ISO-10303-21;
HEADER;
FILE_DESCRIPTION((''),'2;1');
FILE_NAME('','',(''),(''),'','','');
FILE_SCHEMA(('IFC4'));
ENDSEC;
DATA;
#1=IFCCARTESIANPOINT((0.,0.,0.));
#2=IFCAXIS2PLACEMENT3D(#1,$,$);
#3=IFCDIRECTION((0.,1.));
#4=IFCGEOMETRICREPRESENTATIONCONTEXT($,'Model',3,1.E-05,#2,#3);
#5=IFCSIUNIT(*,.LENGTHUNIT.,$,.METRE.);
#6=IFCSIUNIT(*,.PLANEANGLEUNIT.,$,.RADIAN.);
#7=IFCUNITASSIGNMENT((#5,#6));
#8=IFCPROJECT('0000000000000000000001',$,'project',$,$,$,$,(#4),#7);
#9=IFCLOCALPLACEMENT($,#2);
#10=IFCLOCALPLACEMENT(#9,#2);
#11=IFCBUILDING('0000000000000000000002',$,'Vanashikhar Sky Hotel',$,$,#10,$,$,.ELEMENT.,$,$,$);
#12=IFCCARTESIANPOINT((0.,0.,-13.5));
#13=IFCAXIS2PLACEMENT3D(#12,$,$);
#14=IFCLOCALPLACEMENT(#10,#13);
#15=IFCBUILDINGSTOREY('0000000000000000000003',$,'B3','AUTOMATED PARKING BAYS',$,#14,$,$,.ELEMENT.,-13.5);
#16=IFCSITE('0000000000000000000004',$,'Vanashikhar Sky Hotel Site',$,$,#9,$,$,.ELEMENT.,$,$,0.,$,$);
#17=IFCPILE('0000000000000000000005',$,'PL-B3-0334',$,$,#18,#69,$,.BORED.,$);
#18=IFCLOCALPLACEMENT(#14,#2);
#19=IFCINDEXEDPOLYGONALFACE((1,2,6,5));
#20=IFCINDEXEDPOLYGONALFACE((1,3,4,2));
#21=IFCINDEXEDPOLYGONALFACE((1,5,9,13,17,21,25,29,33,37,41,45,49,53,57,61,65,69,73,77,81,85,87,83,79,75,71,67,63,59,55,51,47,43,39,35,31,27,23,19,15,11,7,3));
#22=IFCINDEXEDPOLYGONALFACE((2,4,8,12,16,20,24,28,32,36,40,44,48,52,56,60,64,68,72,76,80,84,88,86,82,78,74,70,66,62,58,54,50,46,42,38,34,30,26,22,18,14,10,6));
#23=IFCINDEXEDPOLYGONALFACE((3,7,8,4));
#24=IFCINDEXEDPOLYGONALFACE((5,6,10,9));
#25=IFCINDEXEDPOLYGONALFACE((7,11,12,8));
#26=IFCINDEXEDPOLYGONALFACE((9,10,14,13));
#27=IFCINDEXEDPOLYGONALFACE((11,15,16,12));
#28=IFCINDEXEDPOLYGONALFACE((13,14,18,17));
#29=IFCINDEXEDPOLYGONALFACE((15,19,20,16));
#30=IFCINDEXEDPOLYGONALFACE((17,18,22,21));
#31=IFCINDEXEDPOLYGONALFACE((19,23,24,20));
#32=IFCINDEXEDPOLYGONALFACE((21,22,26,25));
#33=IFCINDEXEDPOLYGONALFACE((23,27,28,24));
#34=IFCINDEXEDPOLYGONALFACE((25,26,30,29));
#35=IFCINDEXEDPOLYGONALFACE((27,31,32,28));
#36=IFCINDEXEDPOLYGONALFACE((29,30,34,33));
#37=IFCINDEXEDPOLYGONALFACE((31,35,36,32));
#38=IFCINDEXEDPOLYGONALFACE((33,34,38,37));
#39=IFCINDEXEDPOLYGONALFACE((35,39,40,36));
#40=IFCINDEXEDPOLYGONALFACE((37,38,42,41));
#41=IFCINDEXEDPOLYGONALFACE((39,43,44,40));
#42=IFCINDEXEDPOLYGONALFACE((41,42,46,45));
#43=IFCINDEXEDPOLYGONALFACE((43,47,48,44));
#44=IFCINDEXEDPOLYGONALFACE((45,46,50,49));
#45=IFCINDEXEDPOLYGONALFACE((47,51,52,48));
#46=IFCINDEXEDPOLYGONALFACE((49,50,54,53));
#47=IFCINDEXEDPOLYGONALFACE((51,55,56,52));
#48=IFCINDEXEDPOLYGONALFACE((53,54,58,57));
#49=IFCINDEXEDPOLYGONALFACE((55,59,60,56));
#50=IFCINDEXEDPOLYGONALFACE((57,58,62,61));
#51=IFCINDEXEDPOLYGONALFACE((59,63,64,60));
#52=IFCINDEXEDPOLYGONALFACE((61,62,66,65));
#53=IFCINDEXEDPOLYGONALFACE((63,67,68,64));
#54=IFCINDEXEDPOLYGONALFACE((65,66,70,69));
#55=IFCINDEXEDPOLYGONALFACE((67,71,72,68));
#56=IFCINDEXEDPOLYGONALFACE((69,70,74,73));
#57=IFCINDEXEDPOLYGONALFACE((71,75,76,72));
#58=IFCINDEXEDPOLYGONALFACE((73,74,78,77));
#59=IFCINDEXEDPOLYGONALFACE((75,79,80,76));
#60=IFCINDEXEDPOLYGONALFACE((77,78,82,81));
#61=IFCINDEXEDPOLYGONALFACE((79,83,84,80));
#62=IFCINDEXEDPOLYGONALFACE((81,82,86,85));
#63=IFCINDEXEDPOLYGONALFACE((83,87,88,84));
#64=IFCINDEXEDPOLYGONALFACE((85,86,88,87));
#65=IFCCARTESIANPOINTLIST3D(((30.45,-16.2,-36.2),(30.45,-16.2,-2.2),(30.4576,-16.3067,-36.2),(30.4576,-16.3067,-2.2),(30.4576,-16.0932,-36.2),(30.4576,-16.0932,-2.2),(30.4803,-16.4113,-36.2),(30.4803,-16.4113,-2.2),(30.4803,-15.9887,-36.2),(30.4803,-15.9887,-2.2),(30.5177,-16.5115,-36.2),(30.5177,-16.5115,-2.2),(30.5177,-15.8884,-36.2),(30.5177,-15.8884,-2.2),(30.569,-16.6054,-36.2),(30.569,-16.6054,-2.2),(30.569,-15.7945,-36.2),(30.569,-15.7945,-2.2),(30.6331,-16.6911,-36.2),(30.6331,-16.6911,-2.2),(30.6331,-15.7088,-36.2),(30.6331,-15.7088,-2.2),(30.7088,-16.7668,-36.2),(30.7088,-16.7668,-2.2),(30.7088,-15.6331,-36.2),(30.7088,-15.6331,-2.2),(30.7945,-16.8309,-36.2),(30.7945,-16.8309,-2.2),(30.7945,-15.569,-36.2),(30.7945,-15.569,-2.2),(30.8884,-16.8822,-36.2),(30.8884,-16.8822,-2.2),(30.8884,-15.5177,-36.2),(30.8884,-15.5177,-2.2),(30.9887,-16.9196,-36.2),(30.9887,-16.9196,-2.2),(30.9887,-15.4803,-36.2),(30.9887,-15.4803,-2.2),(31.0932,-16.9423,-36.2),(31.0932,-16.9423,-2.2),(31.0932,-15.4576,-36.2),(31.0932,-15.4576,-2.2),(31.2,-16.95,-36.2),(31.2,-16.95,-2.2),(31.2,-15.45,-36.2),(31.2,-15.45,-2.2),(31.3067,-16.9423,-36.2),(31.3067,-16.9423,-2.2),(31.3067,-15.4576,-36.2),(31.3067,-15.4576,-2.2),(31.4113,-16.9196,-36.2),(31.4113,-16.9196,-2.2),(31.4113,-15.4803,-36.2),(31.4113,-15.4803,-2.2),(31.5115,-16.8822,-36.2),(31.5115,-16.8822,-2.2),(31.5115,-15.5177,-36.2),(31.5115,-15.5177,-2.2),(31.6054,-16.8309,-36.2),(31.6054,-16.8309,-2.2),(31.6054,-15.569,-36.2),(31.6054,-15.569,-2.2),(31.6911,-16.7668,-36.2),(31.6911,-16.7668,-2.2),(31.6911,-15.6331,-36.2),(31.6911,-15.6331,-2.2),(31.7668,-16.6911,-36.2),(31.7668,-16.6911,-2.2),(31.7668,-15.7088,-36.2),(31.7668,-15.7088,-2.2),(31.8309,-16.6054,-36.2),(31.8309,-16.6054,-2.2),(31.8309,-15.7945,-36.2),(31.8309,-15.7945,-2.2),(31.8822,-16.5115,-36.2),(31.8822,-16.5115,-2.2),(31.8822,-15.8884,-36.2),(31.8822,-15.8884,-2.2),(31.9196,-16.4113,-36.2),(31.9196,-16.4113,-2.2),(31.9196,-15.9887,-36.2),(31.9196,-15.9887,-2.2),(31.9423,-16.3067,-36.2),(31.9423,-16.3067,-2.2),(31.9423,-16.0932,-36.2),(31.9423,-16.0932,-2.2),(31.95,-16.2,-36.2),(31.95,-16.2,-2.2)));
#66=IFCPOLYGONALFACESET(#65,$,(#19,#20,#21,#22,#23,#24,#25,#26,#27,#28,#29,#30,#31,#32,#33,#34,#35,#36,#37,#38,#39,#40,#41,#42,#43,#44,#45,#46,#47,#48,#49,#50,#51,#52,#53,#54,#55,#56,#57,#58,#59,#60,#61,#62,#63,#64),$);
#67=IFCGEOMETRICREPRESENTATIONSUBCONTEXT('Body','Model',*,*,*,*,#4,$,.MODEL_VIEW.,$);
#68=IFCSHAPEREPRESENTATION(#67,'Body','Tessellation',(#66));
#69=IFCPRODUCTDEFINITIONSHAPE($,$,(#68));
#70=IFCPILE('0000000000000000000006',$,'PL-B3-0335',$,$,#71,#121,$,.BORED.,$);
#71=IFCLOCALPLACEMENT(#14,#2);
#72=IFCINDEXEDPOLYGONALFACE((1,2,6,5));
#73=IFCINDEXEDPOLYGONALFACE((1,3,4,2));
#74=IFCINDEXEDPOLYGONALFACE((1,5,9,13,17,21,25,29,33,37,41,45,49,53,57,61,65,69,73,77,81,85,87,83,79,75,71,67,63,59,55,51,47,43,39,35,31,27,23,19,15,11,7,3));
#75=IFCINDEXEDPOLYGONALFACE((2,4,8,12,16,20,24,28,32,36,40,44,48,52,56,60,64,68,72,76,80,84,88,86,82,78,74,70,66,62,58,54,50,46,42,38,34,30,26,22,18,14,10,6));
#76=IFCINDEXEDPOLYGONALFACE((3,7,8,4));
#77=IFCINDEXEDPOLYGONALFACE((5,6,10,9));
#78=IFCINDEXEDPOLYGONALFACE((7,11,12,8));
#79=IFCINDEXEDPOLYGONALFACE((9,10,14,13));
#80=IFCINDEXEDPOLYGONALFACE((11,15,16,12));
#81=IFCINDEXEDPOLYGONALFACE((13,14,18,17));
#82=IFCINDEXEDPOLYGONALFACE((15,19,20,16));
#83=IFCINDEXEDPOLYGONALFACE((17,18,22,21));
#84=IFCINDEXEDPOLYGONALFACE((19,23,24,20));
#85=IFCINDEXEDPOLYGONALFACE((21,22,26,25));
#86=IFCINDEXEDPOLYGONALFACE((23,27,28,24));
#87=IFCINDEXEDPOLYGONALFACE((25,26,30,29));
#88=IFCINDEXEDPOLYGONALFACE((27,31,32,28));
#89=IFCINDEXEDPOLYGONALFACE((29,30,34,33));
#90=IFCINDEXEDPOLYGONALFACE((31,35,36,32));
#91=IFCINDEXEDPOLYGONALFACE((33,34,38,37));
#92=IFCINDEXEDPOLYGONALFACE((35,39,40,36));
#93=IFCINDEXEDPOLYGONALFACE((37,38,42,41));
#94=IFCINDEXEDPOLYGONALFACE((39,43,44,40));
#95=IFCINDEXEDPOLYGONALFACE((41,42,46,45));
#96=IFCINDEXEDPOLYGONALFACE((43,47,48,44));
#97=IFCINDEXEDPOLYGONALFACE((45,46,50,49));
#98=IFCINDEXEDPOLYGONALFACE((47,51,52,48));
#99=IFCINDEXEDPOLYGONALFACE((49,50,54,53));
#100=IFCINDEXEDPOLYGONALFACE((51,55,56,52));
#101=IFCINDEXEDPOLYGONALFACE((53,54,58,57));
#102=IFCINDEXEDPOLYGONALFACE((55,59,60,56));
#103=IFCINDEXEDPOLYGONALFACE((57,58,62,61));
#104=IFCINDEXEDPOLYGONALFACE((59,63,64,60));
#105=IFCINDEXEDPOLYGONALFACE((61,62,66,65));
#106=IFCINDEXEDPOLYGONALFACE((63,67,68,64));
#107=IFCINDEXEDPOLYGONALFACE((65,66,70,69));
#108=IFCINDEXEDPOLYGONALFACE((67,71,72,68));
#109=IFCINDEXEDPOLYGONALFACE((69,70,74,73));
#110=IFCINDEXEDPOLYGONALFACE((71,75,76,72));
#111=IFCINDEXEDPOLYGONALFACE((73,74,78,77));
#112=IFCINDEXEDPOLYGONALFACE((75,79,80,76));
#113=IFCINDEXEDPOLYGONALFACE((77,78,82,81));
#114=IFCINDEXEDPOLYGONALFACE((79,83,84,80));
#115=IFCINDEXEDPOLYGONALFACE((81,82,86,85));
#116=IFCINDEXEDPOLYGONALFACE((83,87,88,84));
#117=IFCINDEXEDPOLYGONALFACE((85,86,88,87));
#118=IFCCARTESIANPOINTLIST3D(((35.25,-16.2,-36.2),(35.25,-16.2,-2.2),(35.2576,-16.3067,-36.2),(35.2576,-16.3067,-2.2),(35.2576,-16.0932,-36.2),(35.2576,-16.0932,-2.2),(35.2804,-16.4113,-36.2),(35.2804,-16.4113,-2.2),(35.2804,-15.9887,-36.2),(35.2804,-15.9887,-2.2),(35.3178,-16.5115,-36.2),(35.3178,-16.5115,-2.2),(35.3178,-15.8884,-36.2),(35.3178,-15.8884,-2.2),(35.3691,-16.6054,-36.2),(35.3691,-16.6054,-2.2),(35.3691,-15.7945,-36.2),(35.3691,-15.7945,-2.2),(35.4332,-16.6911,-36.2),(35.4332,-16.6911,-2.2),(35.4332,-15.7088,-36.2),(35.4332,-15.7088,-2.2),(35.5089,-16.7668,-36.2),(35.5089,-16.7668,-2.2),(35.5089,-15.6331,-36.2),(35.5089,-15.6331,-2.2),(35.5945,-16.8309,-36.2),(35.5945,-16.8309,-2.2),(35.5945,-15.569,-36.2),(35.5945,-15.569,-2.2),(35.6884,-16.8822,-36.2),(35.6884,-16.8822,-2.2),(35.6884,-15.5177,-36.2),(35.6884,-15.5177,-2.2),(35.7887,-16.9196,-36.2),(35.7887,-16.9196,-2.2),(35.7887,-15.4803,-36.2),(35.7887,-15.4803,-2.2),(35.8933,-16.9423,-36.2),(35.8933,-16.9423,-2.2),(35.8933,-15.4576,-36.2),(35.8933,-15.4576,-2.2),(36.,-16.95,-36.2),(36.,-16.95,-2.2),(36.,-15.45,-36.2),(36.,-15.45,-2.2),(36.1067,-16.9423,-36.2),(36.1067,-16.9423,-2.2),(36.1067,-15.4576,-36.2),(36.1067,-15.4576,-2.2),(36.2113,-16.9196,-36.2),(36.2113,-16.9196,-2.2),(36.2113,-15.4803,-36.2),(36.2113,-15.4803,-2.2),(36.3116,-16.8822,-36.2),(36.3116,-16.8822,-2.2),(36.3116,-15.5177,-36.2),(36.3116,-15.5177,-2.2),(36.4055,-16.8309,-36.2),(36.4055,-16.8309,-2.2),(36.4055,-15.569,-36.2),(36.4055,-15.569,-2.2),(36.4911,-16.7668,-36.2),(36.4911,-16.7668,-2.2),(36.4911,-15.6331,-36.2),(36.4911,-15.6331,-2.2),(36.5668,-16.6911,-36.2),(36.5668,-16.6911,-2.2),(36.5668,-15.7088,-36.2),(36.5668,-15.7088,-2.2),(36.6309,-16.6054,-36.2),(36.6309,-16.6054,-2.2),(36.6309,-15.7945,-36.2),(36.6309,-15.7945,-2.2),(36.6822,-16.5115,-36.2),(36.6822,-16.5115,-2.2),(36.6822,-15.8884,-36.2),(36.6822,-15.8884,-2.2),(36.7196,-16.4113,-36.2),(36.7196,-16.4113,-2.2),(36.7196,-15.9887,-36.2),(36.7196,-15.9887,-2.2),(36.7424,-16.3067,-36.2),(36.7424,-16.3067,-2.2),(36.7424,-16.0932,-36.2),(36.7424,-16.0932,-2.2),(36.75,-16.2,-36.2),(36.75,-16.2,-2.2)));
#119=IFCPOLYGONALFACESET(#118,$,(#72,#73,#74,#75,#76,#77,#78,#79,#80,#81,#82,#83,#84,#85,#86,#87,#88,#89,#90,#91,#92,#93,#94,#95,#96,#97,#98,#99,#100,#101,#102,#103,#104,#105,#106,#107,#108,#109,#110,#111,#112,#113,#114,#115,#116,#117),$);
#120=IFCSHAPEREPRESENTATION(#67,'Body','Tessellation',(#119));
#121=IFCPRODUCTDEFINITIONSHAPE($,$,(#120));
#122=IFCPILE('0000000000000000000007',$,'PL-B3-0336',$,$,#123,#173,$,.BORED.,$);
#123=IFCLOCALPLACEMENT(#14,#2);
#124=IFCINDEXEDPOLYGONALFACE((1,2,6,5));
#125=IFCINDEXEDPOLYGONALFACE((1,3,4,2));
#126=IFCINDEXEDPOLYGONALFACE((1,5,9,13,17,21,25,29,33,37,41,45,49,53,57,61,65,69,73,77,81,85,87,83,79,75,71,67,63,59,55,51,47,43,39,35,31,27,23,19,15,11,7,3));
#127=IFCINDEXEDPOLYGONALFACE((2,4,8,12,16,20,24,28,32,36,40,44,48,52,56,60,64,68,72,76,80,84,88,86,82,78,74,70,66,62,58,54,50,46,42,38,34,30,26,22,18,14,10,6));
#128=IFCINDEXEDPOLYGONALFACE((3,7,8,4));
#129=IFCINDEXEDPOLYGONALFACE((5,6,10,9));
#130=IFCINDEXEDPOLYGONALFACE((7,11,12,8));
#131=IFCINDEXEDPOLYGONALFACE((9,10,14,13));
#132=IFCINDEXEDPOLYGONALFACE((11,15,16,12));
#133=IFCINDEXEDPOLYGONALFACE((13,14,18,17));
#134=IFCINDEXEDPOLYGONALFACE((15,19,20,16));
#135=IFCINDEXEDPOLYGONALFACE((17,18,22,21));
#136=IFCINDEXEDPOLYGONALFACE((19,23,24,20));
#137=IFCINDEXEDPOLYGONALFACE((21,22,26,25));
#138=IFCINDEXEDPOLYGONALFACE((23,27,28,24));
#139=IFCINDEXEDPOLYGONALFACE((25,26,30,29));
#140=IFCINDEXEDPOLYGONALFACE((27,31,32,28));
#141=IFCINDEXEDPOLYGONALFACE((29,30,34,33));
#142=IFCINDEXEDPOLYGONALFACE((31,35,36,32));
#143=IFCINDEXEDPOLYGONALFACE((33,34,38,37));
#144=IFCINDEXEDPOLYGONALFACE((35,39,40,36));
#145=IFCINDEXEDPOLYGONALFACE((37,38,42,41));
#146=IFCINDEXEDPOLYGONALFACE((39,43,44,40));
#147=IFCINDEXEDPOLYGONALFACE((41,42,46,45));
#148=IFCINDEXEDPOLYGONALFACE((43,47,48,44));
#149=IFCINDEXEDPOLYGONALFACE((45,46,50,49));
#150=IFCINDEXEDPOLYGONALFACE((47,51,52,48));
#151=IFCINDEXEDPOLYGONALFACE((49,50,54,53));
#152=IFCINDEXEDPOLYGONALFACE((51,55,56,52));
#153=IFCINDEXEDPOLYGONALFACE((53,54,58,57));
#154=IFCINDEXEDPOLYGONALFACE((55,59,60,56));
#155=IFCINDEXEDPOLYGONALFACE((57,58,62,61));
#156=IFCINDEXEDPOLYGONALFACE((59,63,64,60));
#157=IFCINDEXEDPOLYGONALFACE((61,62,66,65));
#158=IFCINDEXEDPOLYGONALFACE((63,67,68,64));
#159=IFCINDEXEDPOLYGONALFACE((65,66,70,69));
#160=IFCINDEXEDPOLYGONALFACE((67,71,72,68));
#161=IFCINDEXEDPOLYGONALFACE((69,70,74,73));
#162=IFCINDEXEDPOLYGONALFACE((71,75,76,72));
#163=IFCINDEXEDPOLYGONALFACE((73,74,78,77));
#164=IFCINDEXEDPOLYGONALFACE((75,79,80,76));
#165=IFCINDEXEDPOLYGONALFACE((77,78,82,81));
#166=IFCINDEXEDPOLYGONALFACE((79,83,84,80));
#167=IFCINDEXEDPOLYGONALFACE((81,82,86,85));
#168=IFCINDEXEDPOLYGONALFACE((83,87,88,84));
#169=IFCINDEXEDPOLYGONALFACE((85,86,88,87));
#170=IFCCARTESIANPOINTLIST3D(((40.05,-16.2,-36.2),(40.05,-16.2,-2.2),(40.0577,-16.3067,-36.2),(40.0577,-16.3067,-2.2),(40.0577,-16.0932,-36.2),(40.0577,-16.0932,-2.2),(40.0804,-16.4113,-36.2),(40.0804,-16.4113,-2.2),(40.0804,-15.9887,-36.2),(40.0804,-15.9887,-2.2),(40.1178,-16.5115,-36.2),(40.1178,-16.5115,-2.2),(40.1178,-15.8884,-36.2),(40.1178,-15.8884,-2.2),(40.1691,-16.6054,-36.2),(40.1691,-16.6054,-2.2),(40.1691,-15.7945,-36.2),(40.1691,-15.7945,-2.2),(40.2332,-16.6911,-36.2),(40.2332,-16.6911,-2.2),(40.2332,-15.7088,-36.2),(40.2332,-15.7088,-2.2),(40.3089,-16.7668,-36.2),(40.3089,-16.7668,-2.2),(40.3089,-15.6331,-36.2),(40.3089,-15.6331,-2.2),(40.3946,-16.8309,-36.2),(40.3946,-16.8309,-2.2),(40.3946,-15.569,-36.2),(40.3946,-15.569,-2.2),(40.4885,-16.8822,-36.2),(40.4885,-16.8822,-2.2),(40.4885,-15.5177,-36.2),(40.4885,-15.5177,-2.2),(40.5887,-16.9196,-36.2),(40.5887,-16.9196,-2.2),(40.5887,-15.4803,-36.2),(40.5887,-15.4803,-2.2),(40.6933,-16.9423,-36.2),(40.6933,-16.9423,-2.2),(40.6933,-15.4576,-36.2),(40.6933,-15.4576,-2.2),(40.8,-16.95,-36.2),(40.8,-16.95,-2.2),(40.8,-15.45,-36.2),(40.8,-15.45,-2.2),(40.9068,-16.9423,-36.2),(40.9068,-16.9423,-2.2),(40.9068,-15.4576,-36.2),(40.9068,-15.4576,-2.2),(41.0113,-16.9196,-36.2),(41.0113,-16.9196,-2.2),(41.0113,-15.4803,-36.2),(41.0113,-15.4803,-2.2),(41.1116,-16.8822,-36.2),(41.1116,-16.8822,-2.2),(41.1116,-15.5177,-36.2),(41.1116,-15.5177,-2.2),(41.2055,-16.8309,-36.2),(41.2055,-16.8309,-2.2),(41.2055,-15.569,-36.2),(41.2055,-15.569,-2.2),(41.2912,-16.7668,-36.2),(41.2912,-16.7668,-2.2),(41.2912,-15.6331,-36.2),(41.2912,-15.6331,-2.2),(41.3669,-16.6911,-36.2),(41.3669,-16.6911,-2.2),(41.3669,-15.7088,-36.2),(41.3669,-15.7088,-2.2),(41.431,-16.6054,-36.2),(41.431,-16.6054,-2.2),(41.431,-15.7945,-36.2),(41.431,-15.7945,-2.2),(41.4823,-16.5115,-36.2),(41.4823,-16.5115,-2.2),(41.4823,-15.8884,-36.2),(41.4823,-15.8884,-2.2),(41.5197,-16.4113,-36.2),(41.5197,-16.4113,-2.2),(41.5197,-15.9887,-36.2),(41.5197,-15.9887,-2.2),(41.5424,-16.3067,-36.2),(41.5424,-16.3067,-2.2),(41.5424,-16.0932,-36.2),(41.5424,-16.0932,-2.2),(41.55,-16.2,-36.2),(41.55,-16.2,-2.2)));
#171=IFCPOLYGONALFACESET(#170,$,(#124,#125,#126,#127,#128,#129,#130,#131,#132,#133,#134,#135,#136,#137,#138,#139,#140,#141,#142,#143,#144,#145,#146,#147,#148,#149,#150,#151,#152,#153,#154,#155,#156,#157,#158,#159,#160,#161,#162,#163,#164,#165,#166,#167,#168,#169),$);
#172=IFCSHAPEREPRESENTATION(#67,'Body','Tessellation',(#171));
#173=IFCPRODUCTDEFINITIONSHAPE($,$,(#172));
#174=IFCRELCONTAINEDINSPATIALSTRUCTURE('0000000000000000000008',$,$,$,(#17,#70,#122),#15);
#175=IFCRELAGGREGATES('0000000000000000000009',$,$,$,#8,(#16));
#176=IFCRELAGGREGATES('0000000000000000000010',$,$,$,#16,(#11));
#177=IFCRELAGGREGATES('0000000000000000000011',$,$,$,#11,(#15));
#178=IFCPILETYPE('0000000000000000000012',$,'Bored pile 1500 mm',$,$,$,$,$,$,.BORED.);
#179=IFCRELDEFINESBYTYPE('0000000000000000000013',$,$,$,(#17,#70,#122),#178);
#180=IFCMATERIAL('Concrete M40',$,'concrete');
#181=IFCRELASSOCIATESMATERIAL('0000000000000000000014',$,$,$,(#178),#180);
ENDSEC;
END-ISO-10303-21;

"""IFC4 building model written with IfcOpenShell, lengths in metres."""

from ifc_helpers import new_model, si_unit, direction, frame, origin, origin_2d, place, context, subcontext, project, spatial, circle, extrude, source, transform, mapped, material, type_object, element, save


model = new_model("IFC4")

# Units and contexts
model_context = context("Model", 3, precision=1e-05, world=origin(), true_north=direction((0.0, 1.0)))
body_context = subcontext(model_context, "Body", "Model", "MODEL_VIEW")
ifc_project = project(units=[si_unit("LENGTHUNIT", "METRE"), si_unit("PLANEANGLEUNIT", "RADIAN")], contexts=[model_context])

# Site, building, storey
site_placement = place(None, origin())
site = spatial("IfcSite", under=ifc_project, at=site_placement, Name="Vanashikhar Sky Hotel Site", CompositionType="ELEMENT", RefElevation=0.0)
building_placement = place(site_placement, origin())
building = spatial("IfcBuilding", under=site, at=building_placement, Name="Vanashikhar Sky Hotel", CompositionType="ELEMENT")
storey_placement = place(building_placement, frame((0.0, 0.0, -13.5)))
storey = spatial("IfcBuildingStorey", under=building, at=storey_placement, Name="B3", Description="AUTOMATED PARKING BAYS", CompositionType="ELEMENT", Elevation=-13.5)

# Piles
ifc_material_1 = material(Name="Concrete M40", Category="concrete")
pile_type_1 = type_object("IfcPileType", Name="Bored pile 1500 mm", PredefinedType="BORED", material=ifc_material_1)
shared_shape_1 = source(origin(), body_context, "Body", "SweptSolid", [
    extrude(circle(Radius=0.75, at=origin_2d()), origin(), (0.0, 0.0, 1.0), 34.0),
])
for number, where, z_axis, x_axis, name in (
    (1, (31.2, -16.2, -2.2), (0.0, 0.0, -1.0), (1.0, 0.0, 0.0), "PL-B3-0334"),
    (2, (36.0, -16.2, -2.2), (0.0, 0.0, -1.0), (1.0, 0.0, 0.0), "PL-B3-0335"),
    (3, (40.8, -16.2, -2.2), (0.0, 0.0, -1.0), (1.0, 0.0, 0.0), "PL-B3-0336"),
):
    element("IfcPile", number, at=place(storey_placement, frame(where, z_axis=z_axis, x_axis=x_axis)), inside=storey, type_object=pile_type_1, Name=name, PredefinedType="BORED", context=body_context, shape_type="MappedRepresentation", body=[
        mapped(shared_shape_1, transform((0.0, 0.0, 0.0), scale=1.0)),
    ])

save(model, "model.ifc")
